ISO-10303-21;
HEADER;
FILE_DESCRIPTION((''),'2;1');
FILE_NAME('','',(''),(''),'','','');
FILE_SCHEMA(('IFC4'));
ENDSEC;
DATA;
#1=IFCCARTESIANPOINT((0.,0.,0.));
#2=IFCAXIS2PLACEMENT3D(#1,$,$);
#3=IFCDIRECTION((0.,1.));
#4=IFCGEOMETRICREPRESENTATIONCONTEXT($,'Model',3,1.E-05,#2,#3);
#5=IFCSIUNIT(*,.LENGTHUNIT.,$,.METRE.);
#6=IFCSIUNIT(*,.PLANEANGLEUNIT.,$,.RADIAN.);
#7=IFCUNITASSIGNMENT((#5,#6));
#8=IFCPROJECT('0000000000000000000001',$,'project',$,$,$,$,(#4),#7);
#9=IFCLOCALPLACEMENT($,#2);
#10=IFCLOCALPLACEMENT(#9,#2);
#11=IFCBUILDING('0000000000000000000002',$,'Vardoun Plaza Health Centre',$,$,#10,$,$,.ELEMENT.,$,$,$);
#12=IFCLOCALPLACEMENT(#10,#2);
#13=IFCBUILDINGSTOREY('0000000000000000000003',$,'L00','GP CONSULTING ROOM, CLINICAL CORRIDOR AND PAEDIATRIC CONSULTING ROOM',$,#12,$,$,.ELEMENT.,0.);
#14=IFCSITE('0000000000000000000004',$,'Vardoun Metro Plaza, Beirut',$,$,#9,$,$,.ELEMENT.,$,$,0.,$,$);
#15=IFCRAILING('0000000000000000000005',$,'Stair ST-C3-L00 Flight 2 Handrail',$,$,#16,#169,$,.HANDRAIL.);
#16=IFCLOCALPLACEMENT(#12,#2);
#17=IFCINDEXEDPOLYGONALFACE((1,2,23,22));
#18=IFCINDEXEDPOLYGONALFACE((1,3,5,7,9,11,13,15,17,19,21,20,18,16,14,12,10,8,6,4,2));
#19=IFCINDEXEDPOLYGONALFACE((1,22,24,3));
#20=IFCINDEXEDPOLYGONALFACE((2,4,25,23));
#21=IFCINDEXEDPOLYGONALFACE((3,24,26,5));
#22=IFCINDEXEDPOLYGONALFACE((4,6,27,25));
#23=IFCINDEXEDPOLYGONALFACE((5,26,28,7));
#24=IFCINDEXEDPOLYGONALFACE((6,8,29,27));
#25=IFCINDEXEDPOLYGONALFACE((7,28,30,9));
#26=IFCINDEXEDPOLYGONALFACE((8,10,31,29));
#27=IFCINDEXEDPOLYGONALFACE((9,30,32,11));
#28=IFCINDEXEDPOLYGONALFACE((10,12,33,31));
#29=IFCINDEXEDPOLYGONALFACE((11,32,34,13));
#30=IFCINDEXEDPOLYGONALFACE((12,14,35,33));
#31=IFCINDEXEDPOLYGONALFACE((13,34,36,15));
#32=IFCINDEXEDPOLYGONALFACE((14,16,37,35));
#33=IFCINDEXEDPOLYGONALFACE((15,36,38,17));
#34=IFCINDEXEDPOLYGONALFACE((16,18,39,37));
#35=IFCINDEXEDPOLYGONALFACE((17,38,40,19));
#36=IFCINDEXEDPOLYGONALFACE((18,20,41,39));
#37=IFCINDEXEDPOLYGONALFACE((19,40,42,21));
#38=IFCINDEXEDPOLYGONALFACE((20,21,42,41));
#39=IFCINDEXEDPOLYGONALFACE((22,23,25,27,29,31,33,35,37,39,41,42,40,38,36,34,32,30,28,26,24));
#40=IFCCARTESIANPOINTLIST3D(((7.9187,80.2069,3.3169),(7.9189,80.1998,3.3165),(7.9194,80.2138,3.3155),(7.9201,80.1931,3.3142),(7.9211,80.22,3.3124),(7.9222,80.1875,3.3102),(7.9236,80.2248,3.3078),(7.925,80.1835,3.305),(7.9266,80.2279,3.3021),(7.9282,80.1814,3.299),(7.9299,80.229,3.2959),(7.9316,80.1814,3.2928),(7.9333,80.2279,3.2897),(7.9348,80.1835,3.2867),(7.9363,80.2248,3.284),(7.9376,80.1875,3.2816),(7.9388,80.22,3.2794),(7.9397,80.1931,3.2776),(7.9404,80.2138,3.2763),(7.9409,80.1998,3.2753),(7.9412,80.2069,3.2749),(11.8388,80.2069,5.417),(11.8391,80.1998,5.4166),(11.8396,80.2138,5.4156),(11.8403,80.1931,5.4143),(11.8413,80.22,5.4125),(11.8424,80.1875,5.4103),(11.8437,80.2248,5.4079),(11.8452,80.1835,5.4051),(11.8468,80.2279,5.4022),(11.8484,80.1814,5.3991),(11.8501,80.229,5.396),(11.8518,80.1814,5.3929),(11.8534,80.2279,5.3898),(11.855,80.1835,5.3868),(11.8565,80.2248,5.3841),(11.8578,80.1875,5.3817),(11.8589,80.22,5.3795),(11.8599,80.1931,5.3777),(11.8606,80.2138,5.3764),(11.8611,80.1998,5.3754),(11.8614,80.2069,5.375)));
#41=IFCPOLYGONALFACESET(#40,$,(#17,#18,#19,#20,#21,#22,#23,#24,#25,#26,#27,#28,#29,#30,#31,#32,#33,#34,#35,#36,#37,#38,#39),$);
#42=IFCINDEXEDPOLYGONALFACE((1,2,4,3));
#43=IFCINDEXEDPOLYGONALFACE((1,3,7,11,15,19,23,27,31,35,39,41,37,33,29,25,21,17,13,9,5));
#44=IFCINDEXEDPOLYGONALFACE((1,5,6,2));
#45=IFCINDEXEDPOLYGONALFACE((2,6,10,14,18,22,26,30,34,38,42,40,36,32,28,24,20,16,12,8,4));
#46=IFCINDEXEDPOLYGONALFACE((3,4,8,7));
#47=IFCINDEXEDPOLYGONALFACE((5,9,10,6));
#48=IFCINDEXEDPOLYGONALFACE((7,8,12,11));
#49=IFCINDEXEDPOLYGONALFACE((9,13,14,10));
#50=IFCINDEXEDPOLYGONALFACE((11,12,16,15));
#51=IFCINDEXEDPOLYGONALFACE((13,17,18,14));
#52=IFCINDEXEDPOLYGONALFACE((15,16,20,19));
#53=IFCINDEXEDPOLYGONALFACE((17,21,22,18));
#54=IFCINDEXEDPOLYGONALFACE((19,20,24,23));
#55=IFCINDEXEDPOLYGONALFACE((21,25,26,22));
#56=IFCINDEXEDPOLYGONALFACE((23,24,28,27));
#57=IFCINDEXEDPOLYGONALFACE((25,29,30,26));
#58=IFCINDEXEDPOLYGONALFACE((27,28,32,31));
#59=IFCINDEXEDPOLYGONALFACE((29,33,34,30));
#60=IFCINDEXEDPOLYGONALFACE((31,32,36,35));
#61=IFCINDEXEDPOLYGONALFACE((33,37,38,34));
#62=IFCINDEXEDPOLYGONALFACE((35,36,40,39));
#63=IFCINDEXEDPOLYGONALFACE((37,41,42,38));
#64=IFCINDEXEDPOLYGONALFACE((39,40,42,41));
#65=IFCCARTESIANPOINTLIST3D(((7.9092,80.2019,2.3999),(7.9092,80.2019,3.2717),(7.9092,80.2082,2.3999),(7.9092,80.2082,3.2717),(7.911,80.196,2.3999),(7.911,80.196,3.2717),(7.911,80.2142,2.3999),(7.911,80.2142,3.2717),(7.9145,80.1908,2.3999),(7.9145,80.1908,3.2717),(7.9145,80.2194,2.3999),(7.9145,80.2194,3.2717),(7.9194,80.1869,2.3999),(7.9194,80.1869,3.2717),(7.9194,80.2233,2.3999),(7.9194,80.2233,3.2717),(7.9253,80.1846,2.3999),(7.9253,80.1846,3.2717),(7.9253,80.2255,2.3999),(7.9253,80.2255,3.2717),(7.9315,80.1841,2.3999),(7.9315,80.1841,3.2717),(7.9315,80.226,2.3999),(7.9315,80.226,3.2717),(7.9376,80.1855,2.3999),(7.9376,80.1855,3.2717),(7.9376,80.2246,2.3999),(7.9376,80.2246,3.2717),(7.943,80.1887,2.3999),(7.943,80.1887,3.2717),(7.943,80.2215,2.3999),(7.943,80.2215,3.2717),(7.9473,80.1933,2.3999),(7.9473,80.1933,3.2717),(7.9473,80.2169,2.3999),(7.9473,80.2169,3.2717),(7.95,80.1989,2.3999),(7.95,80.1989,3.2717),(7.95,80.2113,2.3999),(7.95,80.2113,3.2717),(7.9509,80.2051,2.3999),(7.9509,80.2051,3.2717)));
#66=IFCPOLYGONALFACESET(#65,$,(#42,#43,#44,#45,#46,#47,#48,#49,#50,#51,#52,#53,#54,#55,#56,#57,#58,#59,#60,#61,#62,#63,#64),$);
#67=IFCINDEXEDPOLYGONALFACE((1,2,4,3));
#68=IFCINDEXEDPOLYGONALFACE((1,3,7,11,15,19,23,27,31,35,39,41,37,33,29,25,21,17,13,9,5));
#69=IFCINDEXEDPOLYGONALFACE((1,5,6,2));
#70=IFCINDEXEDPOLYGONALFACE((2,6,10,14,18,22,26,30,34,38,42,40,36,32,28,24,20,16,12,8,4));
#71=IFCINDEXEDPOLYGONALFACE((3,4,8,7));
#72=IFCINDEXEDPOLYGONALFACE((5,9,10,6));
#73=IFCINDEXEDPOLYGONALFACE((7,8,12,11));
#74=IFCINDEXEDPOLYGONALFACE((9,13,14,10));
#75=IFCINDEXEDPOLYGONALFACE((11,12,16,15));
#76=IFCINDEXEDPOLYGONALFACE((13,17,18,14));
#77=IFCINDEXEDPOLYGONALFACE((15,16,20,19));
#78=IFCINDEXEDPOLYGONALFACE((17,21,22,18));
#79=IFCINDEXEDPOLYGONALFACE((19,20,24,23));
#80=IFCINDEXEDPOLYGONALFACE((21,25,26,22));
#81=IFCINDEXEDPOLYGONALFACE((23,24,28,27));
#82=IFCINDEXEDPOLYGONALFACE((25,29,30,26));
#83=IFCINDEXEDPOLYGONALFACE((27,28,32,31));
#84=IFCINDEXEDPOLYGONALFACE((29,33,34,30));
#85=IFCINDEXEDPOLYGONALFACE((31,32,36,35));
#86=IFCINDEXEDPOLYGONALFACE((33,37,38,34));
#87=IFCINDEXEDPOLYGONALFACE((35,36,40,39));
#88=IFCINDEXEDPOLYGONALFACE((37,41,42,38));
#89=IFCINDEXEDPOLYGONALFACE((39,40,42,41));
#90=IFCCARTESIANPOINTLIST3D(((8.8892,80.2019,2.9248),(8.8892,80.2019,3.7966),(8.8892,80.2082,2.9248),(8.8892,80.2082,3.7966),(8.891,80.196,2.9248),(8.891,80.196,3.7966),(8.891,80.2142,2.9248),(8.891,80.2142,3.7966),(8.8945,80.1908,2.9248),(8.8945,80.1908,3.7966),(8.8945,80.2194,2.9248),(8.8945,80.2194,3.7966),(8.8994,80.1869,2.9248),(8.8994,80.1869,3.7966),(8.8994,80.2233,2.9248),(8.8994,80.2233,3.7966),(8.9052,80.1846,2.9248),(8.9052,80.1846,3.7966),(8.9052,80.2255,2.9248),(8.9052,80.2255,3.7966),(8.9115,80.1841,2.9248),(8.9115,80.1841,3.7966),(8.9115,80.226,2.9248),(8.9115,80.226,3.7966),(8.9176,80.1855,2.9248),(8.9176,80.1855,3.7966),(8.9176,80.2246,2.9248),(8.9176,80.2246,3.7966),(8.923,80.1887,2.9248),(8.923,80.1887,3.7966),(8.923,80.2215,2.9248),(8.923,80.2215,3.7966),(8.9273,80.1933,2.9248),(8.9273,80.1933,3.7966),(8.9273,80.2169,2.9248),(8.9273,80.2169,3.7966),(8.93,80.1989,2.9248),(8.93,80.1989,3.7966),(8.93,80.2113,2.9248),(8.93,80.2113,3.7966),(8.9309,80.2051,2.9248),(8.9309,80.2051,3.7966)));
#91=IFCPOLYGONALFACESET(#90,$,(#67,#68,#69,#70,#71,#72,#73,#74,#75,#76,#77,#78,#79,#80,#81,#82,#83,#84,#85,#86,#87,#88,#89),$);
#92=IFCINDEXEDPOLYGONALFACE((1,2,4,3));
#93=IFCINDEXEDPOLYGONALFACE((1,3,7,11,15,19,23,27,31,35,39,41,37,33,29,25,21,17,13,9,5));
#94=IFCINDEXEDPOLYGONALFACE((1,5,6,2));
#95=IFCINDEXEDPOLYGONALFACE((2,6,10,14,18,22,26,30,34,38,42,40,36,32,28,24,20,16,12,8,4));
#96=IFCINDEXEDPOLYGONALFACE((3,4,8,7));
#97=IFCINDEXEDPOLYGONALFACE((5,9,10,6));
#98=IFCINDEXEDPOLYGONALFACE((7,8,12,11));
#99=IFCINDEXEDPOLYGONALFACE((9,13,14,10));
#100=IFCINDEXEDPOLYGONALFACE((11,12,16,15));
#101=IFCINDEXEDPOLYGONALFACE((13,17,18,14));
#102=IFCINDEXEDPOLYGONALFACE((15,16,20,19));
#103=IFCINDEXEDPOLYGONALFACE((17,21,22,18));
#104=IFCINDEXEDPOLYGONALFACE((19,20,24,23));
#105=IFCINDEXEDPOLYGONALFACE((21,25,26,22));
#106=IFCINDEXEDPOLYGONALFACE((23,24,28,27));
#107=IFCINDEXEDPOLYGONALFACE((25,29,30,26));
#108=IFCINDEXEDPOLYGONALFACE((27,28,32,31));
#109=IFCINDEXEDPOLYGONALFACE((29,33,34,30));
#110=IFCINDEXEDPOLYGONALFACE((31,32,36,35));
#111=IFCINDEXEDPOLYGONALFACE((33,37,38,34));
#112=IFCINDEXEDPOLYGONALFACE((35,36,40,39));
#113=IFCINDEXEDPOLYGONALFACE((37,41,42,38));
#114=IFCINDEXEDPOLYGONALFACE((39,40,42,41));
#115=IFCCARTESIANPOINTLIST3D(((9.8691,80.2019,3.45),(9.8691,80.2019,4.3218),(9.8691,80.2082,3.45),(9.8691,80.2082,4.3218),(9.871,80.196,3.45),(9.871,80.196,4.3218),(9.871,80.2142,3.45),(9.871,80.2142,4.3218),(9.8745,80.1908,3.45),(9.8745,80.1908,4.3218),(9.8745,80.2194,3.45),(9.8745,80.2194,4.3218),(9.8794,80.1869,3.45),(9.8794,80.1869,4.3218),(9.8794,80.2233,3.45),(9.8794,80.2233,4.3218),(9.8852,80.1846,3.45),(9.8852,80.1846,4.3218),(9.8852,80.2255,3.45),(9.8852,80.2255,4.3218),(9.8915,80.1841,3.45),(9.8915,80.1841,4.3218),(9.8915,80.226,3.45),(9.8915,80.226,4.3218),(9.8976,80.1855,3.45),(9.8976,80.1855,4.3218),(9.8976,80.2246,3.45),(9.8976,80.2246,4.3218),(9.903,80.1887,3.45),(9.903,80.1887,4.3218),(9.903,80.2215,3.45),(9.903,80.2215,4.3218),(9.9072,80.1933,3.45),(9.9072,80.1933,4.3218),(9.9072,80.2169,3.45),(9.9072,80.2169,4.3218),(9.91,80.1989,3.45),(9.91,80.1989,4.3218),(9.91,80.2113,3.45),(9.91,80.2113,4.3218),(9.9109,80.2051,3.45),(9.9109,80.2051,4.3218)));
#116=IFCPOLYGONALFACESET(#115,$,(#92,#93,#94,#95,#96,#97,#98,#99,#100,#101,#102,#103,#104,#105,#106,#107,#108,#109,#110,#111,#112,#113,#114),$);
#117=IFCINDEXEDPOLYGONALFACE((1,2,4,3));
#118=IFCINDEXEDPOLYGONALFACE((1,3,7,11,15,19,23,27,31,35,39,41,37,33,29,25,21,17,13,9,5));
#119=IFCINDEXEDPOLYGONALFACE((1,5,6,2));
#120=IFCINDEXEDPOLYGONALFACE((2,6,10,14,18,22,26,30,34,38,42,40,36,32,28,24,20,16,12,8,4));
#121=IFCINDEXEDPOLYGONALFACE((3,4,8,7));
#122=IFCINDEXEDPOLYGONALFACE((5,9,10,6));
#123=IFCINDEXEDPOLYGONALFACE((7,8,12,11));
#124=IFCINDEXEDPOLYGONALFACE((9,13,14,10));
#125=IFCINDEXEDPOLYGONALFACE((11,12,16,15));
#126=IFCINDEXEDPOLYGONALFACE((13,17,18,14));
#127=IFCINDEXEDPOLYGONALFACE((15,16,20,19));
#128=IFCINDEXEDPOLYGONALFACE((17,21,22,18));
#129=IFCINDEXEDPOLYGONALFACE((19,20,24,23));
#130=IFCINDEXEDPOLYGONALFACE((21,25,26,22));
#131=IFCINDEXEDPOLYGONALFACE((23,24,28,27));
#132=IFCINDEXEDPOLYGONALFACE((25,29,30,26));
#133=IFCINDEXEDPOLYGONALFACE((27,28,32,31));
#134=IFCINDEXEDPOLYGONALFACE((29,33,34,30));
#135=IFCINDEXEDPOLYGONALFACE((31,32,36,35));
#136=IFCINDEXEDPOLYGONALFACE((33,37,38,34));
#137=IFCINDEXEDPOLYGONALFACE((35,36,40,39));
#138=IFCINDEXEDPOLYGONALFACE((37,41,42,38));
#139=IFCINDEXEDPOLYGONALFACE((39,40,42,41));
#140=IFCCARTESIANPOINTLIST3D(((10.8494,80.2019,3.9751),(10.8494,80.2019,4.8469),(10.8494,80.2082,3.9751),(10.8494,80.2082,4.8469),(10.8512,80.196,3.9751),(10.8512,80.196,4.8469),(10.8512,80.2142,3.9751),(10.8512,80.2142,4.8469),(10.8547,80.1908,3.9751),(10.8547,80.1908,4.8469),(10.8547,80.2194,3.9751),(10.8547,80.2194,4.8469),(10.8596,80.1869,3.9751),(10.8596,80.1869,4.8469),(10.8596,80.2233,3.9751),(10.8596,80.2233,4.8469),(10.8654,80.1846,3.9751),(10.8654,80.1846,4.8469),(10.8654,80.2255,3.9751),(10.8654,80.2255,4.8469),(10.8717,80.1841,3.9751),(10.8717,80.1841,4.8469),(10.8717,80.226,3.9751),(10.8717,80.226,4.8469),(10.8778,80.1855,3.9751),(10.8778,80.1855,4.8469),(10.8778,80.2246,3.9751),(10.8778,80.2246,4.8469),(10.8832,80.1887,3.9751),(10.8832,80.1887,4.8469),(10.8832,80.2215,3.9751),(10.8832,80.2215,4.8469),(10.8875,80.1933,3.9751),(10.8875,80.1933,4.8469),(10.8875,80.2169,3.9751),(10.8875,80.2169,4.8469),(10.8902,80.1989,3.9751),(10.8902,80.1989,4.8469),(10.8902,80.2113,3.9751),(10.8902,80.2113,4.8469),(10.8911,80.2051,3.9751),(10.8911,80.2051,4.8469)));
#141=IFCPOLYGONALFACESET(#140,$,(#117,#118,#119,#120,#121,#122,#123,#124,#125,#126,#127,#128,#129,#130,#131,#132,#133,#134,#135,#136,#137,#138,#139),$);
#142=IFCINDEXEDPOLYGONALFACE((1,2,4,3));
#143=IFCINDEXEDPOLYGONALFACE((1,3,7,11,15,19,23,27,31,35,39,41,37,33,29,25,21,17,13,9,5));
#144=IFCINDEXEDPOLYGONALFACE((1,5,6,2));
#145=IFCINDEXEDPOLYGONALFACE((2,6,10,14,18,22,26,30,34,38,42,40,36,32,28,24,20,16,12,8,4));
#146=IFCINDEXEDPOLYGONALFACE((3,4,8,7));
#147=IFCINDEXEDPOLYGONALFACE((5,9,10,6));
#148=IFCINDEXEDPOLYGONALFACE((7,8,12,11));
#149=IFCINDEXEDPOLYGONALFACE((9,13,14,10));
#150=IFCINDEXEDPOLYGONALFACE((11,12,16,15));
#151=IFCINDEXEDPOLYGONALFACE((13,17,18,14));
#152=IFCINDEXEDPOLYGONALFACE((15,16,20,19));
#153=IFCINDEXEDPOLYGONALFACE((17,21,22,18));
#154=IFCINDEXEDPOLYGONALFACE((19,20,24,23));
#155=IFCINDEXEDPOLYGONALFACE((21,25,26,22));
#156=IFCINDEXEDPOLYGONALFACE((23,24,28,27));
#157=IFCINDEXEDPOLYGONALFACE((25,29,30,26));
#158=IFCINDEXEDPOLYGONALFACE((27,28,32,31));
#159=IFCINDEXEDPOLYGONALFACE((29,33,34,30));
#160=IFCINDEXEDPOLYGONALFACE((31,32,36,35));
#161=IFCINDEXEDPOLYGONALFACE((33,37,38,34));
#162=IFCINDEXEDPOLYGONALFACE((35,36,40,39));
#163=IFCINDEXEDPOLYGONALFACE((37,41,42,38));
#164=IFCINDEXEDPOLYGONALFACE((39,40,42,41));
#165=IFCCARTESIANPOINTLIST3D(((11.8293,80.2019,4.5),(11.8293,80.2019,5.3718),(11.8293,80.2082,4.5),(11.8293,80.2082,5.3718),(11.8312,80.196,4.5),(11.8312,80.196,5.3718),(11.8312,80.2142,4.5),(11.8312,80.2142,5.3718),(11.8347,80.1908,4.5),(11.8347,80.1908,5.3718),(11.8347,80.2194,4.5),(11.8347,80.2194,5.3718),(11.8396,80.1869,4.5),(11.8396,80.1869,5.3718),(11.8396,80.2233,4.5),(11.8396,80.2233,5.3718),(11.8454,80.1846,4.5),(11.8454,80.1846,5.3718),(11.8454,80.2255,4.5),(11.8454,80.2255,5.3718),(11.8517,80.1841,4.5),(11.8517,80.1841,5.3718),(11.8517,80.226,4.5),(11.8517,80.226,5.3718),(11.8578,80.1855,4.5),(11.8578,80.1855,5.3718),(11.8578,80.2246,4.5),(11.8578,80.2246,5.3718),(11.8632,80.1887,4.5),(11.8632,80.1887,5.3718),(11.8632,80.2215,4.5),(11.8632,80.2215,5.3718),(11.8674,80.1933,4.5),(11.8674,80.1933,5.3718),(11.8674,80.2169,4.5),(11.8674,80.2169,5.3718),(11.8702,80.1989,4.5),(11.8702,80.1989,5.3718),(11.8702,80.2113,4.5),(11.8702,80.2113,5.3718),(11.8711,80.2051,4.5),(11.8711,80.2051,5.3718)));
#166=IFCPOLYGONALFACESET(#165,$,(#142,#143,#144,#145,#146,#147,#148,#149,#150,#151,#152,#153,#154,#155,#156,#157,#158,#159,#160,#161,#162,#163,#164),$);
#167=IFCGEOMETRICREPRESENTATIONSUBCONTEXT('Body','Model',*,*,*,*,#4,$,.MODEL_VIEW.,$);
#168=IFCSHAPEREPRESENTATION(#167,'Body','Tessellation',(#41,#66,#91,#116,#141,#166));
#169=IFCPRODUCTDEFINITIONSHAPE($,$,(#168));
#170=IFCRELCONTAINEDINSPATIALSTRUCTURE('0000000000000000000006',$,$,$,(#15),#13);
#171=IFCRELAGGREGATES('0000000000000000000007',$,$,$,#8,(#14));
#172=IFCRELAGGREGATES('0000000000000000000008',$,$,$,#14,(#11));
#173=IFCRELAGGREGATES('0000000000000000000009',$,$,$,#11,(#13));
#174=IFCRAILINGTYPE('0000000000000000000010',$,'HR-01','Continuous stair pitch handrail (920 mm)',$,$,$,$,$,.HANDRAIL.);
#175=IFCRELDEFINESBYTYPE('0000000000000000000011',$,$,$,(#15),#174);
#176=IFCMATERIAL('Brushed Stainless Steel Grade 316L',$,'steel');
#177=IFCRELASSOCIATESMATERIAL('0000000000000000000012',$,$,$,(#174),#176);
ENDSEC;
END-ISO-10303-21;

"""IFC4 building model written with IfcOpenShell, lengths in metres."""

from ifc_helpers import new_model, si_unit, direction, frame, origin, origin_2d, place, context, subcontext, project, spatial, circle, extrude, material, type_object, element, save


model = new_model("IFC4")

# Units and contexts
model_context = context("Model", 3, precision=1e-05, world=origin(), true_north=direction((0.0, 1.0)))
body_context = subcontext(model_context, "Body", "Model", "MODEL_VIEW")
ifc_project = project(units=[si_unit("LENGTHUNIT", "METRE"), si_unit("PLANEANGLEUNIT", "RADIAN")], contexts=[model_context])

# Site, building, storey
site_placement = place(None, origin())
site = spatial("IfcSite", under=ifc_project, at=site_placement, Name="Vardoun Metro Plaza, Beirut", CompositionType="ELEMENT", RefElevation=0.0)
building_placement = place(site_placement, origin())
building = spatial("IfcBuilding", under=site, at=building_placement, Name="Vardoun Plaza Health Centre", CompositionType="ELEMENT")
storey_placement = place(building_placement, origin())
storey = spatial("IfcBuildingStorey", under=building, at=storey_placement, Name="L00", Description="GP CONSULTING ROOM, CLINICAL CORRIDOR AND PAEDIATRIC CONSULTING ROOM", CompositionType="ELEMENT", Elevation=0.0)

# Railing
ifc_material_1 = material(Name="Brushed Stainless Steel Grade 316L", Category="steel")
railing_type_1 = type_object("IfcRailingType", Name="HR-01", Description="Continuous stair pitch handrail (920 mm)", PredefinedType="HANDRAIL", material=ifc_material_1)
railing_1_placement = place(storey_placement, frame((7.9299, 80.2051, 2.3999)))
element("IfcRailing", 1, at=railing_1_placement, inside=storey, type_object=railing_type_1, Name="Stair ST-C3-L00 Flight 2 Handrail", PredefinedType="HANDRAIL", context=body_context, shape_type="SweptSolid", body=[
    extrude(circle(Radius=0.0239, at=origin_2d()), frame((0.0, 0.0, 0.896), z_axis=(0.881479, 0.0, 0.472223), x_axis=(0.0, 1.0, 0.0)), (0.0, 0.0, 1.0), 4.4473),
    extrude(circle(Radius=0.021, at=origin_2d()), origin(), (0.0, 0.0, 1.0), 0.8718),
    extrude(circle(Radius=0.021, at=origin_2d()), frame((0.98, 0.0, 0.5249)), (0.0, 0.0, 1.0), 0.8718),
    extrude(circle(Radius=0.021, at=origin_2d()), frame((1.96, 0.0, 1.05)), (0.0, 0.0, 1.0), 0.8718),
    extrude(circle(Radius=0.021, at=origin_2d()), frame((2.9402, 0.0, 1.5752)), (0.0, 0.0, 1.0), 0.8718),
    extrude(circle(Radius=0.021, at=origin_2d()), frame((3.9202, 0.0, 2.1001)), (0.0, 0.0, 1.0), 0.8718),
])

save(model, "model.ifc")
